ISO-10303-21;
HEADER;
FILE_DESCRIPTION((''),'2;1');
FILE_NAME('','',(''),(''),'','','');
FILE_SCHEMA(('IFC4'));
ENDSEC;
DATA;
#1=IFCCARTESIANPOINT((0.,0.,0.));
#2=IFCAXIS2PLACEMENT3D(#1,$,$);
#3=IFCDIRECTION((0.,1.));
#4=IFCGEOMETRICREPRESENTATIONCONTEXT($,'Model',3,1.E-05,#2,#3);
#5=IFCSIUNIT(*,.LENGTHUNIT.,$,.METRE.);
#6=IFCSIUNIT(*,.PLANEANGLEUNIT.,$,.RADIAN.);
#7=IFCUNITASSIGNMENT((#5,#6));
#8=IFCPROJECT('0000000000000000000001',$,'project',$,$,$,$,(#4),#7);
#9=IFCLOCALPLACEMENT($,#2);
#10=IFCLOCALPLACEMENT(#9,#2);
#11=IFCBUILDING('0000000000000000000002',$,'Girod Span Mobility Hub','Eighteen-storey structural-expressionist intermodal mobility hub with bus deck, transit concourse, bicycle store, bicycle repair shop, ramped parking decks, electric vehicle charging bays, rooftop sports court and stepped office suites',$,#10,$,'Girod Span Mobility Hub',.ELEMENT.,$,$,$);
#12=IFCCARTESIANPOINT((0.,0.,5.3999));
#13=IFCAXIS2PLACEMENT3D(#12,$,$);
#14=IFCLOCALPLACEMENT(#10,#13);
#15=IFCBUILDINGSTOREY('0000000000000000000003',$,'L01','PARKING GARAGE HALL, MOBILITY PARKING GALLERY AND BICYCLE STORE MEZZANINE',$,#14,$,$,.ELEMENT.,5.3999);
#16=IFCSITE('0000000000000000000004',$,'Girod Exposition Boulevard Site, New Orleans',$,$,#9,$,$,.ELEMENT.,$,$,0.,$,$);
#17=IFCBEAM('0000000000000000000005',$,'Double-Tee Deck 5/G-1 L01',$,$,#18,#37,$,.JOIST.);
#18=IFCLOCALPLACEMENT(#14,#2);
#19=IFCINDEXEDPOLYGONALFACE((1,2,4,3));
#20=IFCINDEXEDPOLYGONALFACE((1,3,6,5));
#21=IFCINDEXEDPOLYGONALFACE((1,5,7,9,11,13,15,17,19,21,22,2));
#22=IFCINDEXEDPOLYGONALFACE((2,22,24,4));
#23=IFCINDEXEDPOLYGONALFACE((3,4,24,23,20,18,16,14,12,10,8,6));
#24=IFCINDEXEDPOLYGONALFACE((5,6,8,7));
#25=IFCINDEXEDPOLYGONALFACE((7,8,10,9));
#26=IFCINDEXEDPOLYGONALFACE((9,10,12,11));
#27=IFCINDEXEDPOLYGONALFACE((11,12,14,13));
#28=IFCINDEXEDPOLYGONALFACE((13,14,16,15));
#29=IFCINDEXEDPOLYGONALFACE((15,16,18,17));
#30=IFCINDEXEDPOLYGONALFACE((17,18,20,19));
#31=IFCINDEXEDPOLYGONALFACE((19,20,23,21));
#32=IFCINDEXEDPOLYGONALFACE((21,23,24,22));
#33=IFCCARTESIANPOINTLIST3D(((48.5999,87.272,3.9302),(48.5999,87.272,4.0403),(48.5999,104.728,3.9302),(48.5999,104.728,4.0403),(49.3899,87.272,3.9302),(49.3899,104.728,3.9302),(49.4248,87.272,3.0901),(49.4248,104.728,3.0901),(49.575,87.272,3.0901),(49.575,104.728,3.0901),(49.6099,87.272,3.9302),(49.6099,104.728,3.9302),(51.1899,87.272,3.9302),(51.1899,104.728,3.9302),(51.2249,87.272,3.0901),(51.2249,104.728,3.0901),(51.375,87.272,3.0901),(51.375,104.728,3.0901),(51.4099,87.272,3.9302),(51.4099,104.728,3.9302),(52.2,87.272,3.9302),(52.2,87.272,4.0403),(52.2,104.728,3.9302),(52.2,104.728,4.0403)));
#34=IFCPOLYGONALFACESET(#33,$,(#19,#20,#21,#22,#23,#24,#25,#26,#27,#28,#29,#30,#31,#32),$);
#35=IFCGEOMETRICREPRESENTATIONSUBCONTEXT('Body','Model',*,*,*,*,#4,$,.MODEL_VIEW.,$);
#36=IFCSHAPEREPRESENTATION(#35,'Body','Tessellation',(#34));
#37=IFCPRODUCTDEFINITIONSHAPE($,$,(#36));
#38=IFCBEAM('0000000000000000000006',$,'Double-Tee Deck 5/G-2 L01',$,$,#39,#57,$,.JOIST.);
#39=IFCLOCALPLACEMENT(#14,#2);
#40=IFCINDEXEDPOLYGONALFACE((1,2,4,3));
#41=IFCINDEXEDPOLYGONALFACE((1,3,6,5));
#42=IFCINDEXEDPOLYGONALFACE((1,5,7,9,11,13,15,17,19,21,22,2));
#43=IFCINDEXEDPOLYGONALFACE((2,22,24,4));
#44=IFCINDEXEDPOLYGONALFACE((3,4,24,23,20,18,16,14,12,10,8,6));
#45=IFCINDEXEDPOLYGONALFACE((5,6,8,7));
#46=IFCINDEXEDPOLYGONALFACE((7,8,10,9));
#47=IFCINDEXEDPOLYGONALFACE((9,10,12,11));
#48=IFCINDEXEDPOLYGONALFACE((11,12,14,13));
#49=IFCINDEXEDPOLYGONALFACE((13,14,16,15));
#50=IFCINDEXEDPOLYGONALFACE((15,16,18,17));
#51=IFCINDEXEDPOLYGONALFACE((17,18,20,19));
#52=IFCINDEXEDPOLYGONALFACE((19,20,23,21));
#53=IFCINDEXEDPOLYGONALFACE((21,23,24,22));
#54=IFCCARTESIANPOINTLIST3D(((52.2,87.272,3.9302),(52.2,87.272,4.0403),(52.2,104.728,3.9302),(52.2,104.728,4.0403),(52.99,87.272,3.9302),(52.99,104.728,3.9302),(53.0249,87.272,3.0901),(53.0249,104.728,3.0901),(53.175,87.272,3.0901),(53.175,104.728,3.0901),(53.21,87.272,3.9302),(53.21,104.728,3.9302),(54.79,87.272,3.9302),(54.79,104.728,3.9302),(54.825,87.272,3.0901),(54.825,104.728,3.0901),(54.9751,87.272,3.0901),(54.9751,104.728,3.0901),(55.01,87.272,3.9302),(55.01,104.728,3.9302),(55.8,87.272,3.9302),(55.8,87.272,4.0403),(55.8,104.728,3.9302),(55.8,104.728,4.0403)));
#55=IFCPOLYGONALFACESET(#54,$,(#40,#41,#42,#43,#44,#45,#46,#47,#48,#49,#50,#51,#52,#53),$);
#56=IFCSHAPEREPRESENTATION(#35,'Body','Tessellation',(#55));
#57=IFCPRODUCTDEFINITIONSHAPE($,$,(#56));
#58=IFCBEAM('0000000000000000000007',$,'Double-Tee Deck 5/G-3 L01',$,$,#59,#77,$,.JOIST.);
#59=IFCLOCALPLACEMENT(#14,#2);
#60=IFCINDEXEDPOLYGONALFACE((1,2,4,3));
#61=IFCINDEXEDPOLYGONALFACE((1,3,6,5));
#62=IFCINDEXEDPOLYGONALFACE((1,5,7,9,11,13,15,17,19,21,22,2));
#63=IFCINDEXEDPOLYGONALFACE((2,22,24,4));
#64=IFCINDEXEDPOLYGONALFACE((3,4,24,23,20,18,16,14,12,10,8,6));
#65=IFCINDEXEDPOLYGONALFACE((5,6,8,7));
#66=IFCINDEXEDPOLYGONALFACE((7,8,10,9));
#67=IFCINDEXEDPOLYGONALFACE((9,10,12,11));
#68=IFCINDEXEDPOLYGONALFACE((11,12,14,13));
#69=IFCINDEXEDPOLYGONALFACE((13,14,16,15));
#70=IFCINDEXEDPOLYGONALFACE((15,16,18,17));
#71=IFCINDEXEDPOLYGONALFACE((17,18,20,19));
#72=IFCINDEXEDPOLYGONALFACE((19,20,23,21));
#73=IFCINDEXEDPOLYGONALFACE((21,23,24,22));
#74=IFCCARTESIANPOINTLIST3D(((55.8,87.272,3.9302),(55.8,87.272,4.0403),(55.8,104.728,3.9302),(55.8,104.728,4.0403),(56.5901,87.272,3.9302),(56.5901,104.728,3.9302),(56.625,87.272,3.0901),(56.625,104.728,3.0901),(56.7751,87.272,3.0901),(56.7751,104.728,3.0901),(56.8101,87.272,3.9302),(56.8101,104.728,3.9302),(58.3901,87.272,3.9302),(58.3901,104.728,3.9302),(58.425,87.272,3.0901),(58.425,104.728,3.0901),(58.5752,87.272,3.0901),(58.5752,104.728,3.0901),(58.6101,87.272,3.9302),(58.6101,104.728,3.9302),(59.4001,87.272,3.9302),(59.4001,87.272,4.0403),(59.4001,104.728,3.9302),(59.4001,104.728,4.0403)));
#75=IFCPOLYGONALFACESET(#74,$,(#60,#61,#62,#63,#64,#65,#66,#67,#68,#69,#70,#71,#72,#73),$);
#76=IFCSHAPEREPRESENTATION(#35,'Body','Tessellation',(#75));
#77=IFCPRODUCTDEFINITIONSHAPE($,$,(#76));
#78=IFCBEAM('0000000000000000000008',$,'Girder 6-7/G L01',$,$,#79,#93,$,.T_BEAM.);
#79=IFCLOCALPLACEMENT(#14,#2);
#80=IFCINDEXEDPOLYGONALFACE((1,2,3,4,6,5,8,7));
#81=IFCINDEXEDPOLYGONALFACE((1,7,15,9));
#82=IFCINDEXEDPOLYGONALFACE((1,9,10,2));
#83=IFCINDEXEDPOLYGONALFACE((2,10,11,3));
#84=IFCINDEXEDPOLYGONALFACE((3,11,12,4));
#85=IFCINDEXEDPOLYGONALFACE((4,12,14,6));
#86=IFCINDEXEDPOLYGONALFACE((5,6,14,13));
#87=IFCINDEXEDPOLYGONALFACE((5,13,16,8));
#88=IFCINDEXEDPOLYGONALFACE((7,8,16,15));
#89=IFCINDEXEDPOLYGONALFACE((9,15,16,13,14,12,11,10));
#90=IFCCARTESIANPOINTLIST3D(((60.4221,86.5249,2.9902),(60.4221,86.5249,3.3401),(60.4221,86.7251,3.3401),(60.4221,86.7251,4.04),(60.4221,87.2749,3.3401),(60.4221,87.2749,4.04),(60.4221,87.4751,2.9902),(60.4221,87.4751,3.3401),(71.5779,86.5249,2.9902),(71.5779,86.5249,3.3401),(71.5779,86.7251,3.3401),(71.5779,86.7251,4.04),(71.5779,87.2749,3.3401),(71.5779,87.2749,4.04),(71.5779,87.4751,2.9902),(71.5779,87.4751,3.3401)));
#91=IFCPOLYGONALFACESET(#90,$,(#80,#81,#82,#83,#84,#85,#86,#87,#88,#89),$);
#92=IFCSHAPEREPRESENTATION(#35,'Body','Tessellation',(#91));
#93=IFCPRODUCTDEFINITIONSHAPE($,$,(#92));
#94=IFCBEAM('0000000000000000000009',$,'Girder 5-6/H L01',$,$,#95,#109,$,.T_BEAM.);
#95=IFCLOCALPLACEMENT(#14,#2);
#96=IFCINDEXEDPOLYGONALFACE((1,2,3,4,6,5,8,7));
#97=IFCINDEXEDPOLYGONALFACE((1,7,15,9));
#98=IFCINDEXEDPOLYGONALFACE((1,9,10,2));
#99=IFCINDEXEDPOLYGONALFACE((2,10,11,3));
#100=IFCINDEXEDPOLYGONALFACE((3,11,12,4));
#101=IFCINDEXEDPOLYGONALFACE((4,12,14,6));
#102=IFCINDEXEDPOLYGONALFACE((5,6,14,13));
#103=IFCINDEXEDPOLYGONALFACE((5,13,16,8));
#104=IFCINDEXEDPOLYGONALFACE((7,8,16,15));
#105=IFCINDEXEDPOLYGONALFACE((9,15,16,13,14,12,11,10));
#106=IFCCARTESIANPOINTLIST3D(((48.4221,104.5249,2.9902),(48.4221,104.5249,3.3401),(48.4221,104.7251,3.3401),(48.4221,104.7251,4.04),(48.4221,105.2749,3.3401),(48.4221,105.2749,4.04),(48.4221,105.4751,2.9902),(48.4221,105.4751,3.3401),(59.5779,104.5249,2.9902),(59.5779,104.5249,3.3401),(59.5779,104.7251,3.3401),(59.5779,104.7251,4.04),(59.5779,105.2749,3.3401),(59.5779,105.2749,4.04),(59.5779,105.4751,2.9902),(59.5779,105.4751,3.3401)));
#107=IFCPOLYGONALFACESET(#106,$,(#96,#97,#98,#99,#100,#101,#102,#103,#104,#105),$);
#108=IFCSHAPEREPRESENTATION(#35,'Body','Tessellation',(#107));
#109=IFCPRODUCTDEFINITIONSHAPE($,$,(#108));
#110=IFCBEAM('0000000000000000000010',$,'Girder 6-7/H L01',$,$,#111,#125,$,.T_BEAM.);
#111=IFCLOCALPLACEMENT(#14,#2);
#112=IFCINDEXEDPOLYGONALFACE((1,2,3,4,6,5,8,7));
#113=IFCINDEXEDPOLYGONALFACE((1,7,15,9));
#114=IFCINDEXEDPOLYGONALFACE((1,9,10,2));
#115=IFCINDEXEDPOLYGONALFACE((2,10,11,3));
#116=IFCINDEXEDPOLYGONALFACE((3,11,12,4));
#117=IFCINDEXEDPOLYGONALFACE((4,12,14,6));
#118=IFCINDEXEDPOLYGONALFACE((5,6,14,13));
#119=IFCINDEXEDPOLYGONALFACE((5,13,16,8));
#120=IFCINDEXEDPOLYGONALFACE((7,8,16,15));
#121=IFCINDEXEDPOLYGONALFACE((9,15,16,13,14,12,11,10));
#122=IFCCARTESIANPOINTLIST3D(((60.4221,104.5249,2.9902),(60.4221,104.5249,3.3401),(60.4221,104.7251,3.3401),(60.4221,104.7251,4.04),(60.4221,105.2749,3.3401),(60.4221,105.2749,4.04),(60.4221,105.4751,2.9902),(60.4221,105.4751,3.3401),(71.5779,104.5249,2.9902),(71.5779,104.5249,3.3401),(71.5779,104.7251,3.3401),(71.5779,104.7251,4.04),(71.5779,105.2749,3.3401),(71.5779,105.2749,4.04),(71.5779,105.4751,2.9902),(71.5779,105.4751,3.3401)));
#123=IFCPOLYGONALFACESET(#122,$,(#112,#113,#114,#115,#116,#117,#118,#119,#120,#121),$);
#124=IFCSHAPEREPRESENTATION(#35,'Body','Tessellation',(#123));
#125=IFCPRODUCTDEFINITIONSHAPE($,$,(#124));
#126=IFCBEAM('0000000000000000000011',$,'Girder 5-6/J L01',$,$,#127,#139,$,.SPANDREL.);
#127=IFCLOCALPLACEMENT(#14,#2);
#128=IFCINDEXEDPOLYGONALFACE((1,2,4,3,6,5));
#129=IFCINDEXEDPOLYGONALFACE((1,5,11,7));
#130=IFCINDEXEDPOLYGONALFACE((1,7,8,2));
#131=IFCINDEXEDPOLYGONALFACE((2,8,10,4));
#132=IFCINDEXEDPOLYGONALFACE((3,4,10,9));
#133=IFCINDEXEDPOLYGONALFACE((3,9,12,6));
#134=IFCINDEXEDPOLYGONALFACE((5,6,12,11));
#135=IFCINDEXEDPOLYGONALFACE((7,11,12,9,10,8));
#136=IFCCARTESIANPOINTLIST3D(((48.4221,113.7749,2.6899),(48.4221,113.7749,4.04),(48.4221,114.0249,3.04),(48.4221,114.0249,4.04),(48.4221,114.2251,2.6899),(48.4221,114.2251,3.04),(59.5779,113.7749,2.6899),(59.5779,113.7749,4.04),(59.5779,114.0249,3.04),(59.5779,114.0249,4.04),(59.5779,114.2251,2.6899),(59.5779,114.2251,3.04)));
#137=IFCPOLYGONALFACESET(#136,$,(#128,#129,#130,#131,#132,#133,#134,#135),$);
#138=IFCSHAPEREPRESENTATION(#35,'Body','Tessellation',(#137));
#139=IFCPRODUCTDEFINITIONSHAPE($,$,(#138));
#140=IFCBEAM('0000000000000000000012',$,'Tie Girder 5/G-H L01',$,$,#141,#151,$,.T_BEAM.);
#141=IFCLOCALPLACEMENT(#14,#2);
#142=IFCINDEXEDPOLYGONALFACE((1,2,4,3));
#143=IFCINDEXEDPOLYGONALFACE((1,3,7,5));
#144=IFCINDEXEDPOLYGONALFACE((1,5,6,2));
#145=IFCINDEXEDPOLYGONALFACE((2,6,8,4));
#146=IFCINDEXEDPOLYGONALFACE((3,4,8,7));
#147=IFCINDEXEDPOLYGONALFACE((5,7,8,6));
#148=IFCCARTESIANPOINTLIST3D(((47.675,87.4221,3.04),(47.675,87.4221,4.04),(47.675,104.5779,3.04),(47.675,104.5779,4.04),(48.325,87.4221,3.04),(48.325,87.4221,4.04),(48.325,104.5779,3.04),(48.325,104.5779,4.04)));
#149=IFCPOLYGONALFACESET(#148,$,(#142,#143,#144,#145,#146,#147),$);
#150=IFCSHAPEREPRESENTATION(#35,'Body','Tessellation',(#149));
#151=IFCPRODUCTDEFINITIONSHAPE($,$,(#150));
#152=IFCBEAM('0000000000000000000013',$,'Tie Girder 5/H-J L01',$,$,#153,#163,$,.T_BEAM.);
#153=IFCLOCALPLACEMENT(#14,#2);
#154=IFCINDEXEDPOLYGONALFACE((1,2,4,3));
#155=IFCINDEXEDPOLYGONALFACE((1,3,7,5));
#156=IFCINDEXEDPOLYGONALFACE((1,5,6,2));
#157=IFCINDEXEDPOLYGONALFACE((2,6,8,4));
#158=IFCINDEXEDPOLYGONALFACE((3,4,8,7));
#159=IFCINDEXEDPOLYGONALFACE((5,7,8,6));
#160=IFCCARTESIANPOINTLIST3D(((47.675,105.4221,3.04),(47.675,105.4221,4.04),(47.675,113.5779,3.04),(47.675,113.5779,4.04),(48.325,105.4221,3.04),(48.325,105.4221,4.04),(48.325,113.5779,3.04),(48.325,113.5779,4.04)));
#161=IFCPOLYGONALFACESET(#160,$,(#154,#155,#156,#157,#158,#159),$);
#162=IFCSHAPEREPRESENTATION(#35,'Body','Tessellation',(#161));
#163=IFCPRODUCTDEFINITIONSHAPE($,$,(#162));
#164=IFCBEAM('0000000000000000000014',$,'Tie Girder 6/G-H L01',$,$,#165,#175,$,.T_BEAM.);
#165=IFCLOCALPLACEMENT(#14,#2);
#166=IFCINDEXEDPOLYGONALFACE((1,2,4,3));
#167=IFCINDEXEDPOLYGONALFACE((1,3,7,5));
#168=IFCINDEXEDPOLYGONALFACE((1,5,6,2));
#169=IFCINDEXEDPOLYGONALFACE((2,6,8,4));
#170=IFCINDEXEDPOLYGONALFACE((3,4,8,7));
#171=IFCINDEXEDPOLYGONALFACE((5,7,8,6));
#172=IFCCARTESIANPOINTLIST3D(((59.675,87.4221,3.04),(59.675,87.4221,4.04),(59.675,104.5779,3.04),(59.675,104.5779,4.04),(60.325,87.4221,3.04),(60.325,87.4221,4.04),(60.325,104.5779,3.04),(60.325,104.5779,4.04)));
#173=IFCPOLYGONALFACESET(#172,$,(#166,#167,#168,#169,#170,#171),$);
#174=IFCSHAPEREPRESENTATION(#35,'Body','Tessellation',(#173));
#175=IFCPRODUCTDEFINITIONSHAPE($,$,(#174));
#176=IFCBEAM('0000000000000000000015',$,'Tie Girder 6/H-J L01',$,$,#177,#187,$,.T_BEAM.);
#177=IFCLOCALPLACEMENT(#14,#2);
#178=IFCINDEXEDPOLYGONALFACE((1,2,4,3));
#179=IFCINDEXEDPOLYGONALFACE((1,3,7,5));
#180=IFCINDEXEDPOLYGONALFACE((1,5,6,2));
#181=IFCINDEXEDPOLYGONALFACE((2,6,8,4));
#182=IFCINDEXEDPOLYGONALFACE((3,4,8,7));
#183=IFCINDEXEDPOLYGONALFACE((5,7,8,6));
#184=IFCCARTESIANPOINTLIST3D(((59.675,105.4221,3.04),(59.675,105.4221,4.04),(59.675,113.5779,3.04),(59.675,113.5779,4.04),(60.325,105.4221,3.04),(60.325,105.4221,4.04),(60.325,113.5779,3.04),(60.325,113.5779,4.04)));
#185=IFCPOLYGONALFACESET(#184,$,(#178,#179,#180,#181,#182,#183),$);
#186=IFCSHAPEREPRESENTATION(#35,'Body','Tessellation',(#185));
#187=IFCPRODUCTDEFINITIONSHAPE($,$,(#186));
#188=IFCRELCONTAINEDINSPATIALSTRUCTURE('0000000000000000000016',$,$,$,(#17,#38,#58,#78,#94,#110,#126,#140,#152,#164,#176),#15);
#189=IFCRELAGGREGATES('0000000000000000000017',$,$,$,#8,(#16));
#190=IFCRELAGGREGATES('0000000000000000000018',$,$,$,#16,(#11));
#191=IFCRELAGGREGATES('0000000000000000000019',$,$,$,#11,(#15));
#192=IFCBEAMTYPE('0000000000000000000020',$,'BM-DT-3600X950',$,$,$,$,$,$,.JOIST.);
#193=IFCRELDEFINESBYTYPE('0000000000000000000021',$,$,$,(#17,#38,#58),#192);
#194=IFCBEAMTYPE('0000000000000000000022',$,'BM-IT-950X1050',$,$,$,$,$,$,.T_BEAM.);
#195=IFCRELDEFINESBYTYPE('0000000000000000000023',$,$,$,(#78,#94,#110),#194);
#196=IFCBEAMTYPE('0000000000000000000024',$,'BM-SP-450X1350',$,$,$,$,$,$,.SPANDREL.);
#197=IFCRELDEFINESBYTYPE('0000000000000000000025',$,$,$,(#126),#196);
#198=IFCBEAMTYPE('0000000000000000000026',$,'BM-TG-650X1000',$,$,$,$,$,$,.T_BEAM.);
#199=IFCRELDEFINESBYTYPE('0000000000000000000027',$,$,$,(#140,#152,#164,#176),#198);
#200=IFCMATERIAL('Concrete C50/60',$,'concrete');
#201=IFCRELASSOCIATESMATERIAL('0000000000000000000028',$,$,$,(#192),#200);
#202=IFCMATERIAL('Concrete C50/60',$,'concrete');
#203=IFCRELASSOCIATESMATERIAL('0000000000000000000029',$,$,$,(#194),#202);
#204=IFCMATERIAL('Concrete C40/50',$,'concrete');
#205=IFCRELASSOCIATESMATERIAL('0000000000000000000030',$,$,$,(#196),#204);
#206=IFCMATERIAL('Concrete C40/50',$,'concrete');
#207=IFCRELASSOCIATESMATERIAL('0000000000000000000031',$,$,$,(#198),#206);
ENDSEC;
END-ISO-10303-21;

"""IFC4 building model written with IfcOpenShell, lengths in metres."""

from ifc_helpers import new_model, si_unit, direction, frame, origin, origin_2d, place, context, subcontext, project, spatial, polyline, rectangle, outline, extrude, material, material_profile, profile_set, type_object, element, save


model = new_model("IFC4")

# Units and contexts
model_context = context("Model", 3, precision=1e-05, world=origin(), true_north=direction((0.0, 1.0)))
body_context = subcontext(model_context, "Body", "Model", "MODEL_VIEW")
ifc_project = project(units=[si_unit("LENGTHUNIT", "METRE"), si_unit("PLANEANGLEUNIT", "RADIAN")], contexts=[model_context])

# Site, building, storey
site_placement = place(None, origin())
site = spatial("IfcSite", under=ifc_project, at=site_placement, Name="Girod Exposition Boulevard Site, New Orleans", CompositionType="ELEMENT", RefElevation=0.0)
building_placement = place(site_placement, origin())
building = spatial("IfcBuilding", under=site, at=building_placement, Name="Girod Span Mobility Hub", Description="Eighteen-storey structural-expressionist intermodal mobility hub with bus deck, transit concourse, bicycle store, bicycle repair shop, ramped parking decks, electric vehicle charging bays, rooftop sports court and stepped office suites", LongName="Girod Span Mobility Hub", CompositionType="ELEMENT")
storey_placement = place(building_placement, frame((0.0, 0.0, 5.3999)))
storey = spatial("IfcBuildingStorey", under=building, at=storey_placement, Name="L01", Description="PARKING GARAGE HALL, MOBILITY PARKING GALLERY AND BICYCLE STORE MEZZANINE", CompositionType="ELEMENT", Elevation=5.3999)

# Beams
ifc_material_1 = material(Name="Concrete C50/60", Category="concrete")
ifc_material_profile_1 = material_profile(ifc_material_1, outline(polyline([(-1.8, 0.4751), (-1.8, 0.365), (-1.01, 0.365), (-0.9751, -0.4751), (-0.825, -0.4751), (-0.79, 0.365), (0.79, 0.365), (0.825, -0.4751), (0.9751, -0.4751), (1.01, 0.365), (1.8, 0.365), (1.8, 0.4751), (-1.8, 0.4751)])), Name="DT-3600X950")
ifc_profile_set_1 = profile_set([ifc_material_profile_1], Name="Concrete C50/60")
beam_type_1 = type_object("IfcBeamType", Name="BM-DT-3600X950", PredefinedType="JOIST", material=ifc_profile_set_1)
for number, where, z_axis, x_axis, name in (
    (1, (50.3999, 87.272, 3.5652), (0.0, 1.0, 0.0), (-1.0, 0.0, 0.0), "Double-Tee Deck 5/G-1 L01"),
    (2, (54.0, 87.272, 3.5652), (0.0, 1.0, 0.0), (-1.0, 0.0, 0.0), "Double-Tee Deck 5/G-2 L01"),
    (3, (57.6001, 87.272, 3.5652), (0.0, 1.0, 0.0), (-1.0, 0.0, 0.0), "Double-Tee Deck 5/G-3 L01"),
):
    element("IfcBeam", number, at=place(storey_placement, frame(where, z_axis=z_axis, x_axis=x_axis)), inside=storey, type_object=beam_type_1, Name=name, PredefinedType="JOIST", context=body_context, shape_type="SweptSolid", body=[
        extrude(outline(polyline([(-1.8, 0.4751), (-1.8, 0.365), (-1.01, 0.365), (-0.9751, -0.4751), (-0.825, -0.4751), (-0.79, 0.365), (0.79, 0.365), (0.825, -0.4751), (0.9751, -0.4751), (1.01, 0.365), (1.8, 0.365), (1.8, 0.4751), (-1.8, 0.4751)])), origin(), (0.0, 0.0, 1.0), 17.4561),
    ])
ifc_material_2 = material(Name="Concrete C50/60", Category="concrete")
ifc_material_profile_2 = material_profile(ifc_material_2, outline(polyline([(-0.4751, -0.5249), (0.4751, -0.5249), (0.4751, -0.175), (0.2749, -0.175), (0.2749, 0.5249), (-0.2749, 0.5249), (-0.2749, -0.175), (-0.4751, -0.175), (-0.4751, -0.5249)])), Name="IT-950X1050")
ifc_profile_set_2 = profile_set([ifc_material_profile_2], Name="Concrete C50/60")
beam_type_2 = type_object("IfcBeamType", Name="BM-IT-950X1050", PredefinedType="T_BEAM", material=ifc_profile_set_2)
for number, where, z_axis, x_axis, name in (
    (4, (60.4221, 87.0, 3.5151), (1.0, 0.0, 0.0), (0.0, 1.0, 0.0), "Girder 6-7/G L01"),
    (5, (48.4221, 105.0, 3.5151), (1.0, 0.0, 0.0), (0.0, 1.0, 0.0), "Girder 5-6/H L01"),
    (6, (60.4221, 105.0, 3.5151), (1.0, 0.0, 0.0), (0.0, 1.0, 0.0), "Girder 6-7/H L01"),
):
    element("IfcBeam", number, at=place(storey_placement, frame(where, z_axis=z_axis, x_axis=x_axis)), inside=storey, type_object=beam_type_2, Name=name, PredefinedType="T_BEAM", context=body_context, shape_type="SweptSolid", body=[
        extrude(outline(polyline([(-0.4751, -0.5249), (0.4751, -0.5249), (0.4751, -0.175), (0.2749, -0.175), (0.2749, 0.5249), (-0.2749, 0.5249), (-0.2749, -0.175), (-0.4751, -0.175), (-0.4751, -0.5249)])), origin(), (0.0, 0.0, 1.0), 11.1558),
    ])
ifc_material_3 = material(Name="Concrete C40/50", Category="concrete")
ifc_material_profile_3 = material_profile(ifc_material_3, outline(polyline([(-0.2251, -0.675), (0.2251, -0.675), (0.2251, -0.325), (0.0249, -0.325), (0.0249, 0.675), (-0.2251, 0.675), (-0.2251, -0.675)])), Name="SP-450X1350")
ifc_profile_set_3 = profile_set([ifc_material_profile_3], Name="Concrete C40/50")
beam_type_3 = type_object("IfcBeamType", Name="BM-SP-450X1350", PredefinedType="SPANDREL", material=ifc_profile_set_3)
beam_1_placement = place(storey_placement, frame((48.4221, 114.0, 3.365), z_axis=(1.0, 0.0, 0.0), x_axis=(0.0, 1.0, 0.0)))
element("IfcBeam", 7, at=beam_1_placement, inside=storey, type_object=beam_type_3, Name="Girder 5-6/J L01", PredefinedType="SPANDREL", context=body_context, shape_type="SweptSolid", body=[
    extrude(outline(polyline([(-0.2251, -0.675), (0.2251, -0.675), (0.2251, -0.325), (0.0249, -0.325), (0.0249, 0.675), (-0.2251, 0.675), (-0.2251, -0.675)])), origin(), (0.0, 0.0, 1.0), 11.1558),
])
ifc_material_4 = material(Name="Concrete C40/50", Category="concrete")
ifc_material_profile_4 = material_profile(ifc_material_4, rectangle(XDim=0.6499, YDim=1.0, at=origin_2d()), Name="TG-650X1000")
ifc_profile_set_4 = profile_set([ifc_material_profile_4], Name="Concrete C40/50")
beam_type_4 = type_object("IfcBeamType", Name="BM-TG-650X1000", PredefinedType="T_BEAM", material=ifc_profile_set_4)
beam_2_placement = place(storey_placement, frame((48.0, 87.4221, 3.54), z_axis=(0.0, 1.0, 0.0), x_axis=(-1.0, 0.0, 0.0)))
element("IfcBeam", 8, at=beam_2_placement, inside=storey, type_object=beam_type_4, Name="Tie Girder 5/G-H L01", PredefinedType="T_BEAM", context=body_context, shape_type="SweptSolid", body=[
    extrude(rectangle(XDim=0.6499, YDim=1.0, at=origin_2d()), origin(), (0.0, 0.0, 1.0), 17.1558),
])
beam_3_placement = place(storey_placement, frame((48.0, 105.4221, 3.54), z_axis=(0.0, 1.0, 0.0), x_axis=(-1.0, 0.0, 0.0)))
element("IfcBeam", 9, at=beam_3_placement, inside=storey, type_object=beam_type_4, Name="Tie Girder 5/H-J L01", PredefinedType="T_BEAM", context=body_context, shape_type="SweptSolid", body=[
    extrude(rectangle(XDim=0.6499, YDim=1.0, at=origin_2d()), origin(), (0.0, 0.0, 1.0), 8.1558),
])
beam_4_placement = place(storey_placement, frame((60.0, 87.4221, 3.54), z_axis=(0.0, 1.0, 0.0), x_axis=(-1.0, 0.0, 0.0)))
element("IfcBeam", 10, at=beam_4_placement, inside=storey, type_object=beam_type_4, Name="Tie Girder 6/G-H L01", PredefinedType="T_BEAM", context=body_context, shape_type="SweptSolid", body=[
    extrude(rectangle(XDim=0.6499, YDim=1.0, at=origin_2d()), origin(), (0.0, 0.0, 1.0), 17.1558),
])
beam_5_placement = place(storey_placement, frame((60.0, 105.4221, 3.54), z_axis=(0.0, 1.0, 0.0), x_axis=(-1.0, 0.0, 0.0)))
element("IfcBeam", 11, at=beam_5_placement, inside=storey, type_object=beam_type_4, Name="Tie Girder 6/H-J L01", PredefinedType="T_BEAM", context=body_context, shape_type="SweptSolid", body=[
    extrude(rectangle(XDim=0.6499, YDim=1.0, at=origin_2d()), origin(), (0.0, 0.0, 1.0), 8.1558),
])

save(model, "model.ifc")
